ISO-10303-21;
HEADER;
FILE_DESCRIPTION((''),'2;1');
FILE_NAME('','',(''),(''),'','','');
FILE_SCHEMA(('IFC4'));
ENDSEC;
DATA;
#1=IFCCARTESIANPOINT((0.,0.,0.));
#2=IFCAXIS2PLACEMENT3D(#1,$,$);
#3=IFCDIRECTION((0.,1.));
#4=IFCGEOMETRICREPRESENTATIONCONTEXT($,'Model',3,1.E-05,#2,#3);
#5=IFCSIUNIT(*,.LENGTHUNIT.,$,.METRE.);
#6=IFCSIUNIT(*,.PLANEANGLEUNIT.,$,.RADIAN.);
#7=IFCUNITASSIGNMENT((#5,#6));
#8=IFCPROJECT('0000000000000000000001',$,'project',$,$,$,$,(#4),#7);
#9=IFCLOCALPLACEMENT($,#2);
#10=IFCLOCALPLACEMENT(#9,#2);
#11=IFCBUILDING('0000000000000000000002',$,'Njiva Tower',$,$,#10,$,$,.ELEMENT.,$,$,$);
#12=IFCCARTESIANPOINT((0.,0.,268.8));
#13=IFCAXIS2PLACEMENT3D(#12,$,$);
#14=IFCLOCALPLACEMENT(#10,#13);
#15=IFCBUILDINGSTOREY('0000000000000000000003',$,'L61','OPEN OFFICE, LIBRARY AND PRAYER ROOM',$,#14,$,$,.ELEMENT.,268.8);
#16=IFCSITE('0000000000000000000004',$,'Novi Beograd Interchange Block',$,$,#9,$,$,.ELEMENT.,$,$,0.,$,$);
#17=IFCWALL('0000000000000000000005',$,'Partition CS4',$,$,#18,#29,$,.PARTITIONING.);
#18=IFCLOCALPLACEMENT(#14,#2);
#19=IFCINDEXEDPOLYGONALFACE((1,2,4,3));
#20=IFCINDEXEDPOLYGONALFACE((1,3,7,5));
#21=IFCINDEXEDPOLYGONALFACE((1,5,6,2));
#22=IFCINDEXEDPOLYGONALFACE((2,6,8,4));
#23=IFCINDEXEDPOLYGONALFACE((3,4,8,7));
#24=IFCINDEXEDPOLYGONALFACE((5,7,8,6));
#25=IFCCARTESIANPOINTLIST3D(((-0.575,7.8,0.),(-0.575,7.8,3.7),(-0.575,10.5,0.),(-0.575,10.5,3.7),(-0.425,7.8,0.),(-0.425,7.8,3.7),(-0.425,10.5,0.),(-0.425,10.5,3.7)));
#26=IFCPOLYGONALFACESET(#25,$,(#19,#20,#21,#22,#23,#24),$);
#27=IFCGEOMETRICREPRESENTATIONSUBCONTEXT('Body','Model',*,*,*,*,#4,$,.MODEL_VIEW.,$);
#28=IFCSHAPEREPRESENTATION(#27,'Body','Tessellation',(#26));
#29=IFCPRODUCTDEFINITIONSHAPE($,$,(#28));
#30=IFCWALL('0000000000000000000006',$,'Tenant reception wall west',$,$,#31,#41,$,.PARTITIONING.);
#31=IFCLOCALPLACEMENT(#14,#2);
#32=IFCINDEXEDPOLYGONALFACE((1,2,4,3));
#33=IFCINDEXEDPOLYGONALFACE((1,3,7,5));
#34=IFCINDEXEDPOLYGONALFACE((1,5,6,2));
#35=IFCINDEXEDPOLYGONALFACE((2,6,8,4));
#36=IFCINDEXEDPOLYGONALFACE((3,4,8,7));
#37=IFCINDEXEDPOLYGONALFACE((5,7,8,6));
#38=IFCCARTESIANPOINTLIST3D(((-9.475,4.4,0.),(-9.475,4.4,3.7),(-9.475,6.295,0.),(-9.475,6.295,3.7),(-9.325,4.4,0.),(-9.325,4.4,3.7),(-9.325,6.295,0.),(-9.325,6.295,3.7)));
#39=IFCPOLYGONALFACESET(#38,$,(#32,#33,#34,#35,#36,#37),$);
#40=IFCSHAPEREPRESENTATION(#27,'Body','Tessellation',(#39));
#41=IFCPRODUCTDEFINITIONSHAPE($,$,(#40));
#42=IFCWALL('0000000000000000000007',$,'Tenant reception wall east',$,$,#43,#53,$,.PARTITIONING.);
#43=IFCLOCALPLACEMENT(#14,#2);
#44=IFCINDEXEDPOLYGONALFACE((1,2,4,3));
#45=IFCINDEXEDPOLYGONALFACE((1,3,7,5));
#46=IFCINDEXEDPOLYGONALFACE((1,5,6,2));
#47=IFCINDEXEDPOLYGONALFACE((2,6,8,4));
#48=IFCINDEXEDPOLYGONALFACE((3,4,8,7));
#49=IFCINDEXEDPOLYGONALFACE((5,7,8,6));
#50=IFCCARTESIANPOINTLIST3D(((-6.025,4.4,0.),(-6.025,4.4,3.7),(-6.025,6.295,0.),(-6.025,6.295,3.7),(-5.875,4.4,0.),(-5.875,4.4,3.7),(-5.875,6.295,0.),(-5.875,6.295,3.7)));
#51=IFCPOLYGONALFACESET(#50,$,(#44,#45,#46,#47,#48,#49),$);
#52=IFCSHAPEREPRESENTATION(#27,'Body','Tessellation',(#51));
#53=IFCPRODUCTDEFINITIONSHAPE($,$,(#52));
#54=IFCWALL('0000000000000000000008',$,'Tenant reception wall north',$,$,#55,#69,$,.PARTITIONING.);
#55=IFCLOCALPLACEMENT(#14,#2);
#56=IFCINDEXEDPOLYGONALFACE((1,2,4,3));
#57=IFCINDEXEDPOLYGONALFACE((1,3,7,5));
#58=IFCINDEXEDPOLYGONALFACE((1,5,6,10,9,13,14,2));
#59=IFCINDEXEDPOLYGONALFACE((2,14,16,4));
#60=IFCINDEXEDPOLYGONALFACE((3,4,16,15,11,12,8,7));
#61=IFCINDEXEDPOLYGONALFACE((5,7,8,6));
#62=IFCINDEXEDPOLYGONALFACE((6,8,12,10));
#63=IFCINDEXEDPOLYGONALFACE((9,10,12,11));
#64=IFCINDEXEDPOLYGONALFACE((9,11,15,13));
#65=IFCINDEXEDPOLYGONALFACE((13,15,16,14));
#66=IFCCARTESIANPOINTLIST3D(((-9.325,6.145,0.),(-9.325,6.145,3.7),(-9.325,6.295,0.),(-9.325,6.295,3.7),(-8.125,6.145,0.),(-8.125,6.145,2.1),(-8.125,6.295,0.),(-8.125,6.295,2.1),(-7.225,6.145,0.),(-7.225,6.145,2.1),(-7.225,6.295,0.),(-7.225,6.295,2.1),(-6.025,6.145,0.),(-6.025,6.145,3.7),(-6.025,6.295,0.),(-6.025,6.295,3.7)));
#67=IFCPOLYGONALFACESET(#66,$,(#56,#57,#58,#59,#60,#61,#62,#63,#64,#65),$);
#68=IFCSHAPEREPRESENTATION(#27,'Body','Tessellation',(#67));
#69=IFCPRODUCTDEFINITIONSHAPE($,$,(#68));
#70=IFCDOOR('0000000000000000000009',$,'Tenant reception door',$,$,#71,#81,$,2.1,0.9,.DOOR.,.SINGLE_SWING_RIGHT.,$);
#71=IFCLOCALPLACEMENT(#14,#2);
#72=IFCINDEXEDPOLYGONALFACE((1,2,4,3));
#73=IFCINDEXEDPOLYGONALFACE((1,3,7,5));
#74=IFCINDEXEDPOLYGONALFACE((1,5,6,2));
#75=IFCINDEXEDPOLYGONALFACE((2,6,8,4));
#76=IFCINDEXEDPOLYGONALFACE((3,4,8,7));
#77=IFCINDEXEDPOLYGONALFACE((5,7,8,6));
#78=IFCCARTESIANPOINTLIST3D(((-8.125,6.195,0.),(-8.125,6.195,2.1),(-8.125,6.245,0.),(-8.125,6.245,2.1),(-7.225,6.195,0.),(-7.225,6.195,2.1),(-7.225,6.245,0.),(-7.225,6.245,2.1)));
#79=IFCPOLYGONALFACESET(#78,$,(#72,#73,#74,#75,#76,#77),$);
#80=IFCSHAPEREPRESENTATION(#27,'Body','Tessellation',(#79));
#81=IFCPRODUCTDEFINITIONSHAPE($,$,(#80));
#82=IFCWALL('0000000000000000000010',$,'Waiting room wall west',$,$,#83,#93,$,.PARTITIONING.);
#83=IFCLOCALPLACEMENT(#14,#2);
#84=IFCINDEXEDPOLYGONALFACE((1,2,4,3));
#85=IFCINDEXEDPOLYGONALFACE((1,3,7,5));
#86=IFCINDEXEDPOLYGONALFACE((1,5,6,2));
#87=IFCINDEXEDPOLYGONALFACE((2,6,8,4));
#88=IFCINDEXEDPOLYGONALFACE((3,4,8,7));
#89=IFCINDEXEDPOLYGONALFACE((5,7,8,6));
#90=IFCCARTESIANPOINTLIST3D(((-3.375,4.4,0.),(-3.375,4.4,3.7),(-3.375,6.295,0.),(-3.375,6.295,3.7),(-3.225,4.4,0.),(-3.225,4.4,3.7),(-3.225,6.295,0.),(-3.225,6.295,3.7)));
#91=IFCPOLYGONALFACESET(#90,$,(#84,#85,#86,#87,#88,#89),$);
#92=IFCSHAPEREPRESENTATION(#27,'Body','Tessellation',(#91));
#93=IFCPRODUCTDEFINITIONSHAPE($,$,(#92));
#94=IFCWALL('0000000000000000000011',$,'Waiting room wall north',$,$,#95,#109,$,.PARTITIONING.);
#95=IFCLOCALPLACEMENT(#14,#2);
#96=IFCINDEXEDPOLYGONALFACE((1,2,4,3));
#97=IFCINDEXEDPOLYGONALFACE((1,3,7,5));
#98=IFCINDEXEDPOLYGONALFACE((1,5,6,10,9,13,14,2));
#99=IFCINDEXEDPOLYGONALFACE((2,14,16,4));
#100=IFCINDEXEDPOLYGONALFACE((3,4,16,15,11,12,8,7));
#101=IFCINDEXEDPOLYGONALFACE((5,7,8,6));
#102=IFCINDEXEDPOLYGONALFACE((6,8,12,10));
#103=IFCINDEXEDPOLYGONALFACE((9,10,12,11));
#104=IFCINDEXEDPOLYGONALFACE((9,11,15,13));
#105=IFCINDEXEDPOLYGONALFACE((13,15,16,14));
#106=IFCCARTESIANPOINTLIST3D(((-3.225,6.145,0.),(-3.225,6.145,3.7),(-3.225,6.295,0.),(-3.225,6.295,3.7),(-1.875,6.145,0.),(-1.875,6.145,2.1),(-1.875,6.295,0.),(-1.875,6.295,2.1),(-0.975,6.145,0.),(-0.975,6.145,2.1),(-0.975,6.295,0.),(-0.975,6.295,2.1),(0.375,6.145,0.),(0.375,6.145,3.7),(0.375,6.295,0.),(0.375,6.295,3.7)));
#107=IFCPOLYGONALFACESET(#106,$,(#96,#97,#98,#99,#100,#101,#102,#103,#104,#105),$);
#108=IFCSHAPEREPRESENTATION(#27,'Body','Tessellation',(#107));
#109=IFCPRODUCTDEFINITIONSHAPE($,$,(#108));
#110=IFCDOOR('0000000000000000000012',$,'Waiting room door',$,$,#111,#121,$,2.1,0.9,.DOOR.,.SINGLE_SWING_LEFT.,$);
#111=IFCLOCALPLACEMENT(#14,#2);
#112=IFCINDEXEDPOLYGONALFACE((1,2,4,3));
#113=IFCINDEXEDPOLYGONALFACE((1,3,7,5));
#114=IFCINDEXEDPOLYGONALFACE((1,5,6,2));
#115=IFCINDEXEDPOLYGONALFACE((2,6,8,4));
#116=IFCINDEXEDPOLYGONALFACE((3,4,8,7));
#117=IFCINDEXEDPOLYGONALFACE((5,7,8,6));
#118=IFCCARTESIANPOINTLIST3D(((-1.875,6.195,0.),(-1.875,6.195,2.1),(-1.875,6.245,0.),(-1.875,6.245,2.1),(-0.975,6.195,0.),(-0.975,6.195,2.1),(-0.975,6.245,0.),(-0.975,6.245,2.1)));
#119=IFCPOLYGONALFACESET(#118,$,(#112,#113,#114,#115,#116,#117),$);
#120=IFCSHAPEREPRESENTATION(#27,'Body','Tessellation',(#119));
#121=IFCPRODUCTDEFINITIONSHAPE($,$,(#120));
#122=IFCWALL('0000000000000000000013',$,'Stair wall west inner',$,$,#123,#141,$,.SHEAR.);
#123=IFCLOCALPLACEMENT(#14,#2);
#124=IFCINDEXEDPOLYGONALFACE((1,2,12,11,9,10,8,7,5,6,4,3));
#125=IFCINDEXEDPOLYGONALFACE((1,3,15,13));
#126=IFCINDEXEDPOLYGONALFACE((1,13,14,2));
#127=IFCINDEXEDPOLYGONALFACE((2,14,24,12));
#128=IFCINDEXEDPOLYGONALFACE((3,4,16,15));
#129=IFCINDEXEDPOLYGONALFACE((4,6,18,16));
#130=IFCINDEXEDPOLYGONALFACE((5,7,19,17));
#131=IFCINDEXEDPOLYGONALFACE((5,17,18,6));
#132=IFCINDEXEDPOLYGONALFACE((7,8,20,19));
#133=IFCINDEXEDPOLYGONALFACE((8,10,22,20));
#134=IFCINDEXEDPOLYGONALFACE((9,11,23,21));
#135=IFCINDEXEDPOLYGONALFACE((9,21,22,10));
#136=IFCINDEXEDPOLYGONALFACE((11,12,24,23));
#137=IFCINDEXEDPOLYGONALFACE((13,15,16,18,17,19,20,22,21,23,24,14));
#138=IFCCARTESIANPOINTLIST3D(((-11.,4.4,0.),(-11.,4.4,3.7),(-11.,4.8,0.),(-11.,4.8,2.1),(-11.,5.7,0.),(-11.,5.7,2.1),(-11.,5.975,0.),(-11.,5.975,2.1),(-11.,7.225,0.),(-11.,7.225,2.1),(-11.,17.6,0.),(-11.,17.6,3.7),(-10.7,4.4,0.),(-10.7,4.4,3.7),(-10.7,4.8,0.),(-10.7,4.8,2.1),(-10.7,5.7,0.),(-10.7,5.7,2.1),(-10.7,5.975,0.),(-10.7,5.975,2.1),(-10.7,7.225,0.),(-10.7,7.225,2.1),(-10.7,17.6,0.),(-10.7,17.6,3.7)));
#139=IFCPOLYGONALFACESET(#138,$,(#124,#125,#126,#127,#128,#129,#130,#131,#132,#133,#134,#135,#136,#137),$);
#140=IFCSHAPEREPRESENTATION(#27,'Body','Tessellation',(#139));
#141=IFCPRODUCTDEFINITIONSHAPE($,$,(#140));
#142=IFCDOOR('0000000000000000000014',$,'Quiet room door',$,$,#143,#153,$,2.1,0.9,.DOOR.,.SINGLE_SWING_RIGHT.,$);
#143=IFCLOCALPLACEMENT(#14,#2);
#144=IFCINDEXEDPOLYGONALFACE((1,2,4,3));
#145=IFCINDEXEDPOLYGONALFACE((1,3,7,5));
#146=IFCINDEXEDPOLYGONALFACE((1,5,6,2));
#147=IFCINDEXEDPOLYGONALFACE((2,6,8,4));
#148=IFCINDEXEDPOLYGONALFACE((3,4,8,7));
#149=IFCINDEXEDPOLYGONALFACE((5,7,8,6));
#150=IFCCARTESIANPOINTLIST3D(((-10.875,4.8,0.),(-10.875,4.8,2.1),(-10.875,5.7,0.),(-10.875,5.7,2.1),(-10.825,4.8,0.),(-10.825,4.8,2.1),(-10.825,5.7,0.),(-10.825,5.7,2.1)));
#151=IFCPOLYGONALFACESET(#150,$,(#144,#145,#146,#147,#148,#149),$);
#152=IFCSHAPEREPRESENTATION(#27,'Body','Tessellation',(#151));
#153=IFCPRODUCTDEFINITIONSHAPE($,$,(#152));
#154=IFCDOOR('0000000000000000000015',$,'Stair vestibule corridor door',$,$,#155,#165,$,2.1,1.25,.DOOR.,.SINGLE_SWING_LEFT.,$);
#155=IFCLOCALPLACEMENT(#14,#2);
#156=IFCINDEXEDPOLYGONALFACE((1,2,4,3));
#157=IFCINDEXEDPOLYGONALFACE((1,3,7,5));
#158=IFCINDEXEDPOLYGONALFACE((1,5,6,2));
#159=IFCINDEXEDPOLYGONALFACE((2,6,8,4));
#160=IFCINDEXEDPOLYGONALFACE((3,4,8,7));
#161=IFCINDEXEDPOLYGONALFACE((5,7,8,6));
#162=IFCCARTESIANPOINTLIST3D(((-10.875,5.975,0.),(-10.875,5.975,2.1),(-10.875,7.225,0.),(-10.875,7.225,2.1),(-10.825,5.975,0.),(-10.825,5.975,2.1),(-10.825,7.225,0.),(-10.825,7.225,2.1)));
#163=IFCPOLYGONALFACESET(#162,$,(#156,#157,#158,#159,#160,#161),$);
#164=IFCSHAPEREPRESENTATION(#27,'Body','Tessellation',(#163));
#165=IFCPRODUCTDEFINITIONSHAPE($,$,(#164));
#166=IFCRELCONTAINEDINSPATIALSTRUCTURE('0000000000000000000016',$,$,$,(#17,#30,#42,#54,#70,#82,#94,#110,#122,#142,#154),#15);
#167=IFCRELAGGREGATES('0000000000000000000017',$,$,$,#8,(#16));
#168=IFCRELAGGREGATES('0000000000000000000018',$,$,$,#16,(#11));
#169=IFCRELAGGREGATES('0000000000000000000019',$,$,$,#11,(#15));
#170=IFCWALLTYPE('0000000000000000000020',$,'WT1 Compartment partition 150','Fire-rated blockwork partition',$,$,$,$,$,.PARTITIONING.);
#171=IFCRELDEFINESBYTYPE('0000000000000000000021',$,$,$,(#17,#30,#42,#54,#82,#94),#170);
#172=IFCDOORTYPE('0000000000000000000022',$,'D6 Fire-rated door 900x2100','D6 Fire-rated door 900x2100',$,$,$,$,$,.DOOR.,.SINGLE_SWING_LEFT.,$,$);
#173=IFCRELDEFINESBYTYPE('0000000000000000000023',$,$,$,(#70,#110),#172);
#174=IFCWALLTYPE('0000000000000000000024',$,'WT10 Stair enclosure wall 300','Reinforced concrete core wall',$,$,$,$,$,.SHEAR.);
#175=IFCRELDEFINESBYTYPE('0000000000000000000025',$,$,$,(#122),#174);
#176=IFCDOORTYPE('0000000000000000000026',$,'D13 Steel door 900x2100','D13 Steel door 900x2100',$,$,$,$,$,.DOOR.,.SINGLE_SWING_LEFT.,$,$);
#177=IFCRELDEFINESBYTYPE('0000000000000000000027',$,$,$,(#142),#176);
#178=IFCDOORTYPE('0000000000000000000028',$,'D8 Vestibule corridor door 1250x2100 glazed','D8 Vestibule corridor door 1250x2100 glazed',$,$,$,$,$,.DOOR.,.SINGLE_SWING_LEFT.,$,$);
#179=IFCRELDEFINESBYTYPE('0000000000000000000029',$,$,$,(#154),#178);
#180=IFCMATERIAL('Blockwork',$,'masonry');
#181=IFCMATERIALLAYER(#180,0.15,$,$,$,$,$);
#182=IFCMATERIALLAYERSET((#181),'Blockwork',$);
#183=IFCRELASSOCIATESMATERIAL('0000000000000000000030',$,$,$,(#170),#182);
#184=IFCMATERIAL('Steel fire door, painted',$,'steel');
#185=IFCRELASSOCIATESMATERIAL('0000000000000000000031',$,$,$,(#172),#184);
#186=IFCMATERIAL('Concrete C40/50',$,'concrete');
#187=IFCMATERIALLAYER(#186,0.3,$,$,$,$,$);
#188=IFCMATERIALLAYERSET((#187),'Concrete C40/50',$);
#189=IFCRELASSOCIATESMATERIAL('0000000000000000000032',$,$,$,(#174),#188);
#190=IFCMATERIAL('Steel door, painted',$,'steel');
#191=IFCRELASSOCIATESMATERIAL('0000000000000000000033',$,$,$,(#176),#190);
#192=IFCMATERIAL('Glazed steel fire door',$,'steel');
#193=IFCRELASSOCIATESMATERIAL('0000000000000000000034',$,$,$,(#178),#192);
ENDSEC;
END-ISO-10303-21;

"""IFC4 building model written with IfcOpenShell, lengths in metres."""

from ifc_helpers import new_model, si_unit, direction, frame, frame_2d, origin, place, context, subcontext, project, spatial, rectangle, extrude, material, layer, layer_set, type_object, element, fill, save


model = new_model("IFC4")

# Units and contexts
model_context = context("Model", 3, precision=1e-05, world=origin(), true_north=direction((0.0, 1.0)))
body_context = subcontext(model_context, "Body", "Model", "MODEL_VIEW")
ifc_project = project(units=[si_unit("LENGTHUNIT", "METRE"), si_unit("PLANEANGLEUNIT", "RADIAN")], contexts=[model_context])

# Site, building, storey
site_placement = place(None, origin())
site = spatial("IfcSite", under=ifc_project, at=site_placement, Name="Novi Beograd Interchange Block", CompositionType="ELEMENT", RefElevation=0.0)
building_placement = place(site_placement, origin())
building = spatial("IfcBuilding", under=site, at=building_placement, Name="Njiva Tower", CompositionType="ELEMENT")
storey_placement = place(building_placement, frame((0.0, 0.0, 268.8)))
storey = spatial("IfcBuildingStorey", under=building, at=storey_placement, Name="L61", Description="OPEN OFFICE, LIBRARY AND PRAYER ROOM", CompositionType="ELEMENT", Elevation=268.8)

# Walls
ifc_material_1 = material(Name="Blockwork", Category="masonry")
ifc_layer_1 = layer(ifc_material_1, 0.15)
ifc_layer_set_1 = layer_set([ifc_layer_1], Name="Blockwork")
wall_type_1 = type_object("IfcWallType", Name="WT1 Compartment partition 150", Description="Fire-rated blockwork partition", PredefinedType="PARTITIONING", material=ifc_layer_set_1)
wall_1_placement = place(storey_placement, frame((-0.5, 7.8, 0.0), z_axis=(0.0, 0.0, 1.0), x_axis=(0.0, 1.0, 0.0)))
element("IfcWall", 1, at=wall_1_placement, inside=storey, type_object=wall_type_1, Name="Partition CS4", PredefinedType="PARTITIONING", context=body_context, shape_type="SweptSolid", body=[
    extrude(rectangle(XDim=2.7, YDim=0.15, at=frame_2d((1.35, 0.0))), origin(), (0.0, 0.0, 1.0), 3.7),
])
for number, where, z_axis, x_axis, name in (
    (2, (-9.4, 4.4, 0.0), (0.0, 0.0, 1.0), (0.0, 1.0, 0.0), "Tenant reception wall west"),
    (3, (-5.95, 4.4, 0.0), (0.0, 0.0, 1.0), (0.0, 1.0, 0.0), "Tenant reception wall east"),
):
    element("IfcWall", number, at=place(storey_placement, frame(where, z_axis=z_axis, x_axis=x_axis)), inside=storey, type_object=wall_type_1, Name=name, PredefinedType="PARTITIONING", context=body_context, shape_type="SweptSolid", body=[
        extrude(rectangle(XDim=1.895, YDim=0.15, at=frame_2d((0.9475, 0.0))), origin(), (0.0, 0.0, 1.0), 3.7),
    ])

# Wall, opening, door
wall_2_placement = place(storey_placement, frame((-9.325, 6.22, 0.0), z_axis=(0.0, 0.0, 1.0), x_axis=(1.0, 0.0, 0.0)))
wall_2 = element("IfcWall", 4, at=wall_2_placement, inside=storey, type_object=wall_type_1, Name="Tenant reception wall north", PredefinedType="PARTITIONING", context=body_context, shape_type="SweptSolid", body=[
    extrude(rectangle(XDim=3.3, YDim=0.15, at=frame_2d((1.65, 0.0))), origin(), (0.0, 0.0, 1.0), 3.7),
])
opening_1_placement = place(wall_2_placement, frame((1.2, 0.0, 0.0)))
opening_1 = element("IfcOpeningElement", 5, at=opening_1_placement, cuts=wall_2, PredefinedType="OPENING", context=body_context, shape_type="SweptSolid", body=[
    extrude(rectangle(XDim=0.9, YDim=2.1, at=frame_2d((0.45, 1.05))), frame((0.0, 0.085, 0.0), z_axis=(0.0, -1.0, 0.0), x_axis=(1.0, 0.0, 0.0)), (0.0, 0.0, 1.0), 0.17),
])
ifc_material_2 = material(Name="Steel fire door, painted", Category="steel")
door_type_1 = type_object("IfcDoorType", Name="D6 Fire-rated door 900x2100", Description="D6 Fire-rated door 900x2100", OperationType="SINGLE_SWING_LEFT", PredefinedType="DOOR", material=ifc_material_2)
door_1_placement = place(opening_1_placement, origin())
door_1 = element("IfcDoor", 6, at=door_1_placement, inside=storey, type_object=door_type_1, Name="Tenant reception door", OperationType="SINGLE_SWING_RIGHT", OverallHeight=2.1, OverallWidth=0.9, PredefinedType="DOOR", context=body_context, shape_type="SweptSolid", body=[
    extrude(rectangle(XDim=0.9, YDim=2.1, at=frame_2d((0.45, 1.05))), frame((0.0, 0.025, 0.0), z_axis=(0.0, -1.0, 0.0), x_axis=(1.0, 0.0, 0.0)), (0.0, 0.0, 1.0), 0.05),
])
fill(opening_1, door_1)

# Wall
wall_3_placement = place(storey_placement, frame((-3.3, 4.4, 0.0), z_axis=(0.0, 0.0, 1.0), x_axis=(0.0, 1.0, 0.0)))
element("IfcWall", 7, at=wall_3_placement, inside=storey, type_object=wall_type_1, Name="Waiting room wall west", PredefinedType="PARTITIONING", context=body_context, shape_type="SweptSolid", body=[
    extrude(rectangle(XDim=1.895, YDim=0.15, at=frame_2d((0.9475, 0.0))), origin(), (0.0, 0.0, 1.0), 3.7),
])

# Wall, opening, door
wall_4_placement = place(storey_placement, frame((-3.225, 6.22, 0.0), z_axis=(0.0, 0.0, 1.0), x_axis=(1.0, 0.0, 0.0)))
wall_4 = element("IfcWall", 8, at=wall_4_placement, inside=storey, type_object=wall_type_1, Name="Waiting room wall north", PredefinedType="PARTITIONING", context=body_context, shape_type="SweptSolid", body=[
    extrude(rectangle(XDim=3.6, YDim=0.15, at=frame_2d((1.8, 0.0))), origin(), (0.0, 0.0, 1.0), 3.7),
])
opening_2_placement = place(wall_4_placement, frame((1.35, 0.0, 0.0)))
opening_2 = element("IfcOpeningElement", 9, at=opening_2_placement, cuts=wall_4, PredefinedType="OPENING", context=body_context, shape_type="SweptSolid", body=[
    extrude(rectangle(XDim=0.9, YDim=2.1, at=frame_2d((0.45, 1.05))), frame((0.0, 0.085, 0.0), z_axis=(0.0, -1.0, 0.0), x_axis=(1.0, 0.0, 0.0)), (0.0, 0.0, 1.0), 0.17),
])
door_2_placement = place(opening_2_placement, origin())
door_2 = element("IfcDoor", 10, at=door_2_placement, inside=storey, type_object=door_type_1, Name="Waiting room door", OperationType="SINGLE_SWING_LEFT", OverallHeight=2.1, OverallWidth=0.9, PredefinedType="DOOR", context=body_context, shape_type="SweptSolid", body=[
    extrude(rectangle(XDim=0.9, YDim=2.1, at=frame_2d((0.45, 1.05))), frame((0.0, 0.025, 0.0), z_axis=(0.0, -1.0, 0.0), x_axis=(1.0, 0.0, 0.0)), (0.0, 0.0, 1.0), 0.05),
])
fill(opening_2, door_2)

# Wall, openings, doors
ifc_material_3 = material(Name="Concrete C40/50", Category="concrete")
ifc_layer_2 = layer(ifc_material_3, 0.3)
ifc_layer_set_2 = layer_set([ifc_layer_2], Name="Concrete C40/50")
wall_type_2 = type_object("IfcWallType", Name="WT10 Stair enclosure wall 300", Description="Reinforced concrete core wall", PredefinedType="SHEAR", material=ifc_layer_set_2)
wall_5_placement = place(storey_placement, frame((-10.85, 4.4, 0.0), z_axis=(0.0, 0.0, 1.0), x_axis=(0.0, 1.0, 0.0)))
wall_5 = element("IfcWall", 11, at=wall_5_placement, inside=storey, type_object=wall_type_2, Name="Stair wall west inner", PredefinedType="SHEAR", context=body_context, shape_type="SweptSolid", body=[
    extrude(rectangle(XDim=13.2, YDim=0.3, at=frame_2d((6.6, 0.0))), origin(), (0.0, 0.0, 1.0), 3.7),
])
opening_3_placement = place(wall_5_placement, frame((1.575, 0.0, 0.0)))
opening_3 = element("IfcOpeningElement", 12, at=opening_3_placement, cuts=wall_5, PredefinedType="OPENING", context=body_context, shape_type="SweptSolid", body=[
    extrude(rectangle(XDim=1.25, YDim=2.1, at=frame_2d((0.625, 1.05))), frame((0.0, 0.16, 0.0), z_axis=(0.0, -1.0, 0.0), x_axis=(1.0, 0.0, 0.0)), (0.0, 0.0, 1.0), 0.32),
])
opening_4_placement = place(wall_5_placement, frame((0.4, 0.0, 0.0)))
opening_4 = element("IfcOpeningElement", 13, at=opening_4_placement, cuts=wall_5, PredefinedType="OPENING", context=body_context, shape_type="SweptSolid", body=[
    extrude(rectangle(XDim=0.9, YDim=2.1, at=frame_2d((0.45, 1.05))), frame((0.0, 0.16, 0.0), z_axis=(0.0, -1.0, 0.0), x_axis=(1.0, 0.0, 0.0)), (0.0, 0.0, 1.0), 0.32),
])
ifc_material_4 = material(Name="Steel door, painted", Category="steel")
door_type_2 = type_object("IfcDoorType", Name="D13 Steel door 900x2100", Description="D13 Steel door 900x2100", OperationType="SINGLE_SWING_LEFT", PredefinedType="DOOR", material=ifc_material_4)
door_3_placement = place(opening_4_placement, origin())
door_3 = element("IfcDoor", 14, at=door_3_placement, inside=storey, type_object=door_type_2, Name="Quiet room door", OperationType="SINGLE_SWING_RIGHT", OverallHeight=2.1, OverallWidth=0.9, PredefinedType="DOOR", context=body_context, shape_type="SweptSolid", body=[
    extrude(rectangle(XDim=0.9, YDim=2.1, at=frame_2d((0.45, 1.05))), frame((0.0, 0.025, 0.0), z_axis=(0.0, -1.0, 0.0), x_axis=(1.0, 0.0, 0.0)), (0.0, 0.0, 1.0), 0.05),
])
fill(opening_4, door_3)
ifc_material_5 = material(Name="Glazed steel fire door", Category="steel")
door_type_3 = type_object("IfcDoorType", Name="D8 Vestibule corridor door 1250x2100 glazed", Description="D8 Vestibule corridor door 1250x2100 glazed", OperationType="SINGLE_SWING_LEFT", PredefinedType="DOOR", material=ifc_material_5)
door_4_placement = place(opening_3_placement, origin())
door_4 = element("IfcDoor", 15, at=door_4_placement, inside=storey, type_object=door_type_3, Name="Stair vestibule corridor door", OperationType="SINGLE_SWING_LEFT", OverallHeight=2.1, OverallWidth=1.25, PredefinedType="DOOR", context=body_context, shape_type="SweptSolid", body=[
    extrude(rectangle(XDim=1.25, YDim=2.1, at=frame_2d((0.625, 1.05))), frame((0.0, 0.025, 0.0), z_axis=(0.0, -1.0, 0.0), x_axis=(1.0, 0.0, 0.0)), (0.0, 0.0, 1.0), 0.05),
])
fill(opening_3, door_4)

save(model, "model.ifc")
